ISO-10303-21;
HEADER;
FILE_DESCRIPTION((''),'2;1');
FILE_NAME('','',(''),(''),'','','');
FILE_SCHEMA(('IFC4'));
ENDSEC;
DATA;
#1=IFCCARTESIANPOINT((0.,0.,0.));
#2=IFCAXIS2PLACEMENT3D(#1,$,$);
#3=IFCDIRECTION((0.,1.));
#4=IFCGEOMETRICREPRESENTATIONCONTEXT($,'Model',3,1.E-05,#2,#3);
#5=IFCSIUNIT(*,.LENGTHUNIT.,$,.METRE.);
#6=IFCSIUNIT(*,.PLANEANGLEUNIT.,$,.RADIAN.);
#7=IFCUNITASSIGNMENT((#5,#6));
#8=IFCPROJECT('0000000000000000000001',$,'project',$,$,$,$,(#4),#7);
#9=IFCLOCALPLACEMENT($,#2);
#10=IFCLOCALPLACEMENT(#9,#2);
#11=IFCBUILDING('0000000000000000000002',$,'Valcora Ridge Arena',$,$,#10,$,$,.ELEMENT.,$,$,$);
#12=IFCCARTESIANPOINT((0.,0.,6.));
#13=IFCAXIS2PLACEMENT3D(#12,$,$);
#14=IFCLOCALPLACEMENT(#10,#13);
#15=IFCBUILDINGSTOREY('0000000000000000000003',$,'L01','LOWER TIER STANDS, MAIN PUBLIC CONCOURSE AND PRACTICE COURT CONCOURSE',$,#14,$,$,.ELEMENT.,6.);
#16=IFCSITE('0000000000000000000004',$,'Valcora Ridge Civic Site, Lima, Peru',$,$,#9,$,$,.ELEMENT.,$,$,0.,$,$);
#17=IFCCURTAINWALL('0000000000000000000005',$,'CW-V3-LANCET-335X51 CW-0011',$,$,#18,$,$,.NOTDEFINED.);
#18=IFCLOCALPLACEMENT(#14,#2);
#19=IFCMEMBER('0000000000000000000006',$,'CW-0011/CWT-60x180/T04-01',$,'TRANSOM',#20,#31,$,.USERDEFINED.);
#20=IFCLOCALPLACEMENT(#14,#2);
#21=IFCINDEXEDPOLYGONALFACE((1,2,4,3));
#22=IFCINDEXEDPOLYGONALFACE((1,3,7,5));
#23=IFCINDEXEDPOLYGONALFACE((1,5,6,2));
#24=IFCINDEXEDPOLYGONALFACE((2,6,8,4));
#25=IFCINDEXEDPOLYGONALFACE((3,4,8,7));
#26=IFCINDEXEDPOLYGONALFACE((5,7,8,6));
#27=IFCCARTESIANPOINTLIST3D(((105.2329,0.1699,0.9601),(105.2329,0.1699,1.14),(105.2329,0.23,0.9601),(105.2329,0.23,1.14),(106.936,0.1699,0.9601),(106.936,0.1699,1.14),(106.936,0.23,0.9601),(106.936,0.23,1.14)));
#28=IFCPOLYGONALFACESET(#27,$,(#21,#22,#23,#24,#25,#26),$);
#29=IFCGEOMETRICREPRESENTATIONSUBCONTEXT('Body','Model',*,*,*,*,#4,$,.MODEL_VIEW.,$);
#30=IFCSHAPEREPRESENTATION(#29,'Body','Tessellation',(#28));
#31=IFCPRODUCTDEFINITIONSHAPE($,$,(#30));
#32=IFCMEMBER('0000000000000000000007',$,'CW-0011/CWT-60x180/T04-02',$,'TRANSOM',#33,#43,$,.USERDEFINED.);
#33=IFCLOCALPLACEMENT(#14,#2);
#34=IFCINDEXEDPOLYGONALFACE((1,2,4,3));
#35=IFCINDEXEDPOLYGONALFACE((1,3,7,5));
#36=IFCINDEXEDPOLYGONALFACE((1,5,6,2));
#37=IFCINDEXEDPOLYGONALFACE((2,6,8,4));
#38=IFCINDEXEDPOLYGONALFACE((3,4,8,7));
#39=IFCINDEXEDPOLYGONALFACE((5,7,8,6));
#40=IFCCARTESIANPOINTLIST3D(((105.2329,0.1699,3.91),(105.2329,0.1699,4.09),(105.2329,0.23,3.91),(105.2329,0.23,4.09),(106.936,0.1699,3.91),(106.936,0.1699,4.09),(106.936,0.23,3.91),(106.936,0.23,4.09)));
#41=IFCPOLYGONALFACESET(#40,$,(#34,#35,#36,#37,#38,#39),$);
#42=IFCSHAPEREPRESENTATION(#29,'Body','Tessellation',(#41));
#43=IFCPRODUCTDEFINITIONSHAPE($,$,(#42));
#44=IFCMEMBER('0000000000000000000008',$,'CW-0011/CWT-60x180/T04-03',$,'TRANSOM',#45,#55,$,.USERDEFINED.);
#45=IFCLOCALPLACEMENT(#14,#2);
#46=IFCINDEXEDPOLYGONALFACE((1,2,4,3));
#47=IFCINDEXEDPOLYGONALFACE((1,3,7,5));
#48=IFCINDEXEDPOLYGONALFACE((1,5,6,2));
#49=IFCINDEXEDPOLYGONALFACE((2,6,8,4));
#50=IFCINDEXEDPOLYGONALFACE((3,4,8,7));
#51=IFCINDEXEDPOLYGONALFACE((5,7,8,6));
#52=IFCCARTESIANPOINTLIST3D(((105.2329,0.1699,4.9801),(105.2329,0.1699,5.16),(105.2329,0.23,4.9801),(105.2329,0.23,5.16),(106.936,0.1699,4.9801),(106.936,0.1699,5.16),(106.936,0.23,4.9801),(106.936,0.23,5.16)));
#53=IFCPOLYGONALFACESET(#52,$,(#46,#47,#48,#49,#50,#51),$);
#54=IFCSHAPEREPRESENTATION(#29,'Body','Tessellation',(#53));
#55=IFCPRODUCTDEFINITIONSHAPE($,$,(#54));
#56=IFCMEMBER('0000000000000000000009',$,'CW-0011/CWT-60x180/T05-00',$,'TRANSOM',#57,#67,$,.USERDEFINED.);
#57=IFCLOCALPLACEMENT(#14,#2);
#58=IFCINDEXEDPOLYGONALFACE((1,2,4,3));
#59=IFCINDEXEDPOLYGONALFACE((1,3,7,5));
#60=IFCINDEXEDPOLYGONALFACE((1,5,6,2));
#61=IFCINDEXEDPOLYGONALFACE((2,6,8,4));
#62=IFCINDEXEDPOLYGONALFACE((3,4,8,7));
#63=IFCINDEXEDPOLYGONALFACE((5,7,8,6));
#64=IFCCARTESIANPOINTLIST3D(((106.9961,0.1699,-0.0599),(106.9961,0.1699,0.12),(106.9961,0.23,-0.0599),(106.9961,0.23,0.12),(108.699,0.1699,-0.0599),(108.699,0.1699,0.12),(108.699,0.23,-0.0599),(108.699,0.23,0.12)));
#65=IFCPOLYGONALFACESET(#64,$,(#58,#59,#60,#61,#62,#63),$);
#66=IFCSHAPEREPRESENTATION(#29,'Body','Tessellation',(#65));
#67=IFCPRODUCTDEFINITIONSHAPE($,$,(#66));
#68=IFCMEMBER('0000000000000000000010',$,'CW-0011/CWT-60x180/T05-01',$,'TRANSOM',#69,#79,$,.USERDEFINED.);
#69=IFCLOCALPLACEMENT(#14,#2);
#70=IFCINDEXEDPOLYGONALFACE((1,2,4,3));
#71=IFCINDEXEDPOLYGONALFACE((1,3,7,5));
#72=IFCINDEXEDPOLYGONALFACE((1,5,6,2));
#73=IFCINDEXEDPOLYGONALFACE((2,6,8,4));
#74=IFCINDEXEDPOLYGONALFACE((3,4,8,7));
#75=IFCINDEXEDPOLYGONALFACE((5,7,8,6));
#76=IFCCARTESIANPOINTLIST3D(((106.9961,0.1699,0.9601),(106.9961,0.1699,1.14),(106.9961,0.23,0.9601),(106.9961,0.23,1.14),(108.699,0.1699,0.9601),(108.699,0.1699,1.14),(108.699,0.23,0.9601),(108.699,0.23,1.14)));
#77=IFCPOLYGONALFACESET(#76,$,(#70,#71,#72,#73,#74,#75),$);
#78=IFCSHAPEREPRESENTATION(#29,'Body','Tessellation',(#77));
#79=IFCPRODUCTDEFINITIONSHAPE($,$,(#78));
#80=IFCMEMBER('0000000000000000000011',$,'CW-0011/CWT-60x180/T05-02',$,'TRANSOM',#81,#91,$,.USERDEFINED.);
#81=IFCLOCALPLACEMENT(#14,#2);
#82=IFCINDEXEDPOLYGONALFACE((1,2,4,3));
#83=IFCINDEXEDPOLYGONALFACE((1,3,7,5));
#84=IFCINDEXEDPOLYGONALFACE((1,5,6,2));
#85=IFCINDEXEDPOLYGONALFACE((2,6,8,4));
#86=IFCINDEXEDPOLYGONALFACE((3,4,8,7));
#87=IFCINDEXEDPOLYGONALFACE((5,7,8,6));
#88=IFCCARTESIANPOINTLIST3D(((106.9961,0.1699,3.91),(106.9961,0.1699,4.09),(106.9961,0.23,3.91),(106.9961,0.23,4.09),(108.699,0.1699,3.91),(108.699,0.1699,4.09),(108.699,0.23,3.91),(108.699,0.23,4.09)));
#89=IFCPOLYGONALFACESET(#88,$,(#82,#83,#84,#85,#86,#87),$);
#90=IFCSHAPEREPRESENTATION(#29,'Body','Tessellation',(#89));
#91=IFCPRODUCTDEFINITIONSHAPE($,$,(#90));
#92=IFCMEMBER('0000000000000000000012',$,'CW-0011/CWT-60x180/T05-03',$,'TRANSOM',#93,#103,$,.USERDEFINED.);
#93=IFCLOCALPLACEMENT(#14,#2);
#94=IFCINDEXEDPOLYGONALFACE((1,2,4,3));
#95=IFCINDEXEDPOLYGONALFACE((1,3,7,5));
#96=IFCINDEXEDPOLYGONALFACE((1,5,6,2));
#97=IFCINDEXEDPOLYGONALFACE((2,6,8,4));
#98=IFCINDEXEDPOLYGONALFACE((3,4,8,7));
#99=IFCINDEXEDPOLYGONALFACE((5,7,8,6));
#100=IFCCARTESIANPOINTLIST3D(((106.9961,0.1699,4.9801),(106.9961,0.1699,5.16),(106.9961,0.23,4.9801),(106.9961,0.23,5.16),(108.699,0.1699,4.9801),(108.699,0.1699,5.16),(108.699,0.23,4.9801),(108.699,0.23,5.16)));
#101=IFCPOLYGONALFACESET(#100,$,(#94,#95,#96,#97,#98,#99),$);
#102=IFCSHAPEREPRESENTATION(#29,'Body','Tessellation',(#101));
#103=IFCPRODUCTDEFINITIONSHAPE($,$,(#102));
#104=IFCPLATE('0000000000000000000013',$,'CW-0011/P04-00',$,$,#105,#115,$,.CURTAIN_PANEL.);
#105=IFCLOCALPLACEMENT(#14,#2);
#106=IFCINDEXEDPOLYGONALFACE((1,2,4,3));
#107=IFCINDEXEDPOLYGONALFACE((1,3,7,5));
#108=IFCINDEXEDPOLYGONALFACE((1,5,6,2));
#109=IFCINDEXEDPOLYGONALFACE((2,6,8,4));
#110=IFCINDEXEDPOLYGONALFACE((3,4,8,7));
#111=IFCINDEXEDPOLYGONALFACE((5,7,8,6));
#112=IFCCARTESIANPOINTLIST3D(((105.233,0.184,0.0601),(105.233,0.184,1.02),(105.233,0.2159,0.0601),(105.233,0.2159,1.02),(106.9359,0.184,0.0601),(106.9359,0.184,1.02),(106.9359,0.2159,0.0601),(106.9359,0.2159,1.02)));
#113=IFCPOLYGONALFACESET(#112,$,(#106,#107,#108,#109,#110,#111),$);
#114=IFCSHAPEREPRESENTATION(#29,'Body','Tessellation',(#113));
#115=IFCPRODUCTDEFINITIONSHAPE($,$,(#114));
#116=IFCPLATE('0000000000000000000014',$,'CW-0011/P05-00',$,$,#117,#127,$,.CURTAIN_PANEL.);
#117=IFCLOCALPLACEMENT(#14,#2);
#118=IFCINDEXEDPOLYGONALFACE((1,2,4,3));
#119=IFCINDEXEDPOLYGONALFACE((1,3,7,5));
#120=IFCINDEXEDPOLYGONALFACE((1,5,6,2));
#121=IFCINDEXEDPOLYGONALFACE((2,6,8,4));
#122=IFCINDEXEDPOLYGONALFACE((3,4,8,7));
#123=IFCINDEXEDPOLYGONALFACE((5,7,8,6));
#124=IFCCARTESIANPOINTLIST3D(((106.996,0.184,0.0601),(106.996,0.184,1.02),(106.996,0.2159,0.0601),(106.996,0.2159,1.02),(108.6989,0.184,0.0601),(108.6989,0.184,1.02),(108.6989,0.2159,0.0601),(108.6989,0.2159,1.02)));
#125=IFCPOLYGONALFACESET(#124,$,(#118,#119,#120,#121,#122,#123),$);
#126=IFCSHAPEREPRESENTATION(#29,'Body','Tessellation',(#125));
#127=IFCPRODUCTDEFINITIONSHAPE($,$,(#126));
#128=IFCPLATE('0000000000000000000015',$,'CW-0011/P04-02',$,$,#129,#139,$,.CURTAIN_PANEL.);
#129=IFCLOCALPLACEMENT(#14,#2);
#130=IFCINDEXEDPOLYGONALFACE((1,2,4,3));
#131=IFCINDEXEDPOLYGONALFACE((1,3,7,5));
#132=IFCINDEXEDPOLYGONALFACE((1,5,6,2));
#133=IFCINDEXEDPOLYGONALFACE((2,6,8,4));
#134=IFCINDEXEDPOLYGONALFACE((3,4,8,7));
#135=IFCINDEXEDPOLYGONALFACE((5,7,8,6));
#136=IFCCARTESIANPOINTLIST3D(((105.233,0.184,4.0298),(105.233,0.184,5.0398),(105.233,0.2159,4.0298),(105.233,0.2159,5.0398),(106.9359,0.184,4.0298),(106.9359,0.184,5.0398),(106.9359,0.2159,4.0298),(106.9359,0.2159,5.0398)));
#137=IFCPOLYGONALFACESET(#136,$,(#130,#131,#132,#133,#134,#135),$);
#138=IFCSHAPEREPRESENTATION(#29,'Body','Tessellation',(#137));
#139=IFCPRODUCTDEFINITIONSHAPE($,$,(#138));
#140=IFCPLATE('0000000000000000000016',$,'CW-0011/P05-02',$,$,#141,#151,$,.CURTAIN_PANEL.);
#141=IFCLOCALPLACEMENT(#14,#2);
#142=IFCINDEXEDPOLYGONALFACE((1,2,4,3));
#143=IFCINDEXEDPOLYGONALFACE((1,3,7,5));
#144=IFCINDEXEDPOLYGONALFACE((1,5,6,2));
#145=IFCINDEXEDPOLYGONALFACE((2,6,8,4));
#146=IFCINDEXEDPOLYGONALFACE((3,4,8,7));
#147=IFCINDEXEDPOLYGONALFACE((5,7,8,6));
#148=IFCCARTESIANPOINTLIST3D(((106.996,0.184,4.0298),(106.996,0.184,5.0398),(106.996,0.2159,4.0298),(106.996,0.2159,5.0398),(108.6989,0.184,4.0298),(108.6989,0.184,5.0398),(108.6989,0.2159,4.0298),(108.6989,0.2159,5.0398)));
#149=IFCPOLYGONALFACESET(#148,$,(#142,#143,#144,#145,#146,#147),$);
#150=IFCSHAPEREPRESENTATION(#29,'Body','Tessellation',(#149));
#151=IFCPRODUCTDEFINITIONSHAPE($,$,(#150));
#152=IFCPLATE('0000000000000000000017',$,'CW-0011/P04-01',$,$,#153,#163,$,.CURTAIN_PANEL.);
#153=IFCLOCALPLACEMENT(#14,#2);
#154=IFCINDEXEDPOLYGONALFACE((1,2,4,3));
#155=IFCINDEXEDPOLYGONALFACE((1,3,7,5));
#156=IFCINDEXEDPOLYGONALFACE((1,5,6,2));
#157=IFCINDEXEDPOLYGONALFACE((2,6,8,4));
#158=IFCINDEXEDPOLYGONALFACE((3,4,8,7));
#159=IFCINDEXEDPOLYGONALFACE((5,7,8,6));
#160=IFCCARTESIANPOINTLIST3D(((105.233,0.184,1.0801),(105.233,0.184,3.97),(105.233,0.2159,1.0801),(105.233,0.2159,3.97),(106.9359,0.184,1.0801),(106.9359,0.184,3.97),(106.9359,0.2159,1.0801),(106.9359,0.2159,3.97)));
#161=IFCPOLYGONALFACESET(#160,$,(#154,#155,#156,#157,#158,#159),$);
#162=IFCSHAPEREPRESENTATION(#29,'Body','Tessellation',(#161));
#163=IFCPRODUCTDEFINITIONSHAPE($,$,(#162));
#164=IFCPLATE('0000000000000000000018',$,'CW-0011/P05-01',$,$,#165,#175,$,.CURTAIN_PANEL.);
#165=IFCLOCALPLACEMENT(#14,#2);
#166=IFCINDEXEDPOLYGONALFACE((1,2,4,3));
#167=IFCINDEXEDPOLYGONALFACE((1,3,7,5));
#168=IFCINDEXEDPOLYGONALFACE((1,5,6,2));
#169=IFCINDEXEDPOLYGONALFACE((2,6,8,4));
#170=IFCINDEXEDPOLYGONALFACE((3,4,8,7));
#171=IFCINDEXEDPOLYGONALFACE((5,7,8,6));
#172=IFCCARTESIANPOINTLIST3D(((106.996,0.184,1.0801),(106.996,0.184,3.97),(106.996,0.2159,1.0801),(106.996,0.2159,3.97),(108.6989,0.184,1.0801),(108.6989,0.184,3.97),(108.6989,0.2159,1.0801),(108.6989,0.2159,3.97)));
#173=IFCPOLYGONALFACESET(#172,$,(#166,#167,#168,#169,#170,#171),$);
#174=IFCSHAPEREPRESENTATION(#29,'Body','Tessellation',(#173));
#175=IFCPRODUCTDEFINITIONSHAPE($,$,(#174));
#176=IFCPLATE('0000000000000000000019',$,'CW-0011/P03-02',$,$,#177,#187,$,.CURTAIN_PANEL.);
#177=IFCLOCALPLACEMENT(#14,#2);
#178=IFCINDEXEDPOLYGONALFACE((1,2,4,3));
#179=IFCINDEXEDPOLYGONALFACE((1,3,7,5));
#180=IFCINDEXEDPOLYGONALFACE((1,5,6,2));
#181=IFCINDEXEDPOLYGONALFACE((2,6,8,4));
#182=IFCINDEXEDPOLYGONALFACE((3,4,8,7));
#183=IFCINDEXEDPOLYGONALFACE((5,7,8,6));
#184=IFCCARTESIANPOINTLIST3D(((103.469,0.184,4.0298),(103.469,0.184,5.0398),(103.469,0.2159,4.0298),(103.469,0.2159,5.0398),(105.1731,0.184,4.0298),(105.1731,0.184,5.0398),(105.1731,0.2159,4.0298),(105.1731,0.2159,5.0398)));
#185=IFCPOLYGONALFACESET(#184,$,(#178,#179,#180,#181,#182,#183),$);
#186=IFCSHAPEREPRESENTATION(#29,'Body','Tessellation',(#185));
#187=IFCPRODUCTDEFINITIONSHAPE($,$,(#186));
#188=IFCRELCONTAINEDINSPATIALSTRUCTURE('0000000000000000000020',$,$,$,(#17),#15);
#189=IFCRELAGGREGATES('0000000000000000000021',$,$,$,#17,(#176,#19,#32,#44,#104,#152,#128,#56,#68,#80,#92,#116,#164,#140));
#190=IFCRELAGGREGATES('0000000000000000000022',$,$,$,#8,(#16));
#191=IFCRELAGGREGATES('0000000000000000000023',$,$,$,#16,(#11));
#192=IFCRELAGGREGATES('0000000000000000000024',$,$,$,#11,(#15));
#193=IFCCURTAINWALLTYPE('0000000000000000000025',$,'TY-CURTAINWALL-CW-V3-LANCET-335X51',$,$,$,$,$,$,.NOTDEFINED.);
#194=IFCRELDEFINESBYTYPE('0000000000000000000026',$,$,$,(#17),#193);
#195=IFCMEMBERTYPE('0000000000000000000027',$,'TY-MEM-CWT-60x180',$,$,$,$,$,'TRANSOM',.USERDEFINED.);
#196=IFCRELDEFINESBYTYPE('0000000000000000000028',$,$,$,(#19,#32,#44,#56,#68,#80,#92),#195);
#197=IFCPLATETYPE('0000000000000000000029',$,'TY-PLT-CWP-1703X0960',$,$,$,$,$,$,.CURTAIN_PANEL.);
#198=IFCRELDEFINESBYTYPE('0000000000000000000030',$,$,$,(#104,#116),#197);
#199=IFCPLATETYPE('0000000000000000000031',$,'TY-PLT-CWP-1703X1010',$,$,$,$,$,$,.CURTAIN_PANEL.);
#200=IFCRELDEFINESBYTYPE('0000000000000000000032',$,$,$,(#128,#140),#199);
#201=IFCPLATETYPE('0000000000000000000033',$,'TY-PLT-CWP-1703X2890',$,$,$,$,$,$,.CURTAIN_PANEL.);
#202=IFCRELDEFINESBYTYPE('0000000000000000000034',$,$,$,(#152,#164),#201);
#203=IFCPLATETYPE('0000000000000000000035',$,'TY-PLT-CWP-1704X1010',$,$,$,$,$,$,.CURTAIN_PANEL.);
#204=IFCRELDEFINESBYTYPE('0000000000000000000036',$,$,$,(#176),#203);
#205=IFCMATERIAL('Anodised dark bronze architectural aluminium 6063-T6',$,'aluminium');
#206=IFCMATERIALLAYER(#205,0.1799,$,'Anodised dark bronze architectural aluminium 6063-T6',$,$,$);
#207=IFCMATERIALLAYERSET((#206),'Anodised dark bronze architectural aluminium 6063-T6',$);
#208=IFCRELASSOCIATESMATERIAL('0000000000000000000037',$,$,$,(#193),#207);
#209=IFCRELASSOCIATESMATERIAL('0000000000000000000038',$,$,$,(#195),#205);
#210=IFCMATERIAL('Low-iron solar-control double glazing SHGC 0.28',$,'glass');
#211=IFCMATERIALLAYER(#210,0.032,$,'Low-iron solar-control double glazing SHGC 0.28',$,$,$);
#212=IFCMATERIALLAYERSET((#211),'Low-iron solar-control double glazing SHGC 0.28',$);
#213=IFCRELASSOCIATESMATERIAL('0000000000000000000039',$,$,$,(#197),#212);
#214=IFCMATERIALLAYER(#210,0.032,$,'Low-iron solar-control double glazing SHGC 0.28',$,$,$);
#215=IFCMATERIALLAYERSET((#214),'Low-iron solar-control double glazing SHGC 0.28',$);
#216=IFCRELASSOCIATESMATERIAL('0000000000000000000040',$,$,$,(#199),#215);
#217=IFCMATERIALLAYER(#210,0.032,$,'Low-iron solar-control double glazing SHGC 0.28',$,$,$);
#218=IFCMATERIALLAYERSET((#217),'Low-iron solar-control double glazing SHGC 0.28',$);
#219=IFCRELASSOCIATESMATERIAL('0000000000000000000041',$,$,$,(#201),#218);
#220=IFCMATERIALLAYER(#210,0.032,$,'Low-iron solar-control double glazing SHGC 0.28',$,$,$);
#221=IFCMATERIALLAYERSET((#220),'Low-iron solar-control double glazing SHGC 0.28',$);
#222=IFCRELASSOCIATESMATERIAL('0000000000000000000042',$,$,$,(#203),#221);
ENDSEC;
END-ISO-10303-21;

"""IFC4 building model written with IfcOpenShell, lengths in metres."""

from ifc_helpers import new_model, si_unit, direction, frame, origin, origin_2d, place, context, subcontext, project, spatial, rectangle, extrude, material, layer, layer_set, material_profile, profile_set, type_object, element, aggregate, save


model = new_model("IFC4")

# Units and contexts
model_context = context("Model", 3, precision=1e-05, world=origin(), true_north=direction((0.0, 1.0)))
body_context = subcontext(model_context, "Body", "Model", "MODEL_VIEW")
ifc_project = project(units=[si_unit("LENGTHUNIT", "METRE"), si_unit("PLANEANGLEUNIT", "RADIAN")], contexts=[model_context])

# Site, building, storey
site_placement = place(None, origin())
site = spatial("IfcSite", under=ifc_project, at=site_placement, Name="Valcora Ridge Civic Site, Lima, Peru", CompositionType="ELEMENT", RefElevation=0.0)
building_placement = place(site_placement, origin())
building = spatial("IfcBuilding", under=site, at=building_placement, Name="Valcora Ridge Arena", CompositionType="ELEMENT")
storey_placement = place(building_placement, frame((0.0, 0.0, 6.0)))
storey = spatial("IfcBuildingStorey", under=building, at=storey_placement, Name="L01", Description="LOWER TIER STANDS, MAIN PUBLIC CONCOURSE AND PRACTICE COURT CONCOURSE", CompositionType="ELEMENT", Elevation=6.0)

# Curtain wall, members, plates
ifc_material_1 = material(Name="Anodised dark bronze architectural aluminium 6063-T6", Category="aluminium")
ifc_layer_1 = layer(ifc_material_1, 0.1799, Name="Anodised dark bronze architectural aluminium 6063-T6")
ifc_layer_set_1 = layer_set([ifc_layer_1], Name="Anodised dark bronze architectural aluminium 6063-T6")
curtain_wall_type = type_object("IfcCurtainWallType", Name="TY-CURTAINWALL-CW-V3-LANCET-335X51", PredefinedType="NOTDEFINED", material=ifc_layer_set_1)
curtain_wall_placement = place(storey_placement, origin())
curtain_wall = element("IfcCurtainWall", 1, at=curtain_wall_placement, inside=storey, type_object=curtain_wall_type, Name="CW-V3-LANCET-335X51 CW-0011", PredefinedType="NOTDEFINED")
ifc_material_profile_1 = material_profile(ifc_material_1, rectangle(XDim=0.0601, YDim=0.1799, at=origin_2d()), Name="ALU TRANSOM 60x180")
ifc_profile_set_1 = profile_set([ifc_material_profile_1], Name="Anodised dark bronze architectural aluminium 6063-T6")
member_type_1 = type_object("IfcMemberType", Name="TY-MEM-CWT-60x180", ElementType="TRANSOM", PredefinedType="USERDEFINED", material=ifc_profile_set_1)
member_1_placement = place(storey_placement, frame((105.2329, 0.2, 1.05), z_axis=(1.0, 0.0, 0.0), x_axis=(0.0, 1.0, 0.0)))
member_1 = element("IfcMember", 2, at=member_1_placement, type_object=member_type_1, Name="CW-0011/CWT-60x180/T04-01", ObjectType="TRANSOM", PredefinedType="USERDEFINED", context=body_context, shape_type="SweptSolid", body=[
    extrude(rectangle(XDim=0.0601, YDim=0.1799, at=origin_2d()), origin(), (0.0, 0.0, 1.0), 1.7031),
])
member_2_placement = place(storey_placement, frame((105.2329, 0.2, 4.0), z_axis=(1.0, 0.0, 0.0), x_axis=(0.0, 1.0, 0.0)))
member_2 = element("IfcMember", 3, at=member_2_placement, type_object=member_type_1, Name="CW-0011/CWT-60x180/T04-02", ObjectType="TRANSOM", PredefinedType="USERDEFINED", context=body_context, shape_type="SweptSolid", body=[
    extrude(rectangle(XDim=0.0601, YDim=0.1799, at=origin_2d()), origin(), (0.0, 0.0, 1.0), 1.7031),
])
member_3_placement = place(storey_placement, frame((105.2329, 0.2, 5.0701), z_axis=(1.0, 0.0, 0.0), x_axis=(0.0, 1.0, 0.0)))
member_3 = element("IfcMember", 4, at=member_3_placement, type_object=member_type_1, Name="CW-0011/CWT-60x180/T04-03", ObjectType="TRANSOM", PredefinedType="USERDEFINED", context=body_context, shape_type="SweptSolid", body=[
    extrude(rectangle(XDim=0.0601, YDim=0.1799, at=origin_2d()), origin(), (0.0, 0.0, 1.0), 1.7031),
])
member_4_placement = place(storey_placement, frame((106.9961, 0.2, 0.03), z_axis=(1.0, 0.0, 0.0), x_axis=(0.0, 1.0, 0.0)))
member_4 = element("IfcMember", 5, at=member_4_placement, type_object=member_type_1, Name="CW-0011/CWT-60x180/T05-00", ObjectType="TRANSOM", PredefinedType="USERDEFINED", context=body_context, shape_type="SweptSolid", body=[
    extrude(rectangle(XDim=0.0601, YDim=0.1799, at=origin_2d()), origin(), (0.0, 0.0, 1.0), 1.7029),
])
member_5_placement = place(storey_placement, frame((106.9961, 0.2, 1.05), z_axis=(1.0, 0.0, 0.0), x_axis=(0.0, 1.0, 0.0)))
member_5 = element("IfcMember", 6, at=member_5_placement, type_object=member_type_1, Name="CW-0011/CWT-60x180/T05-01", ObjectType="TRANSOM", PredefinedType="USERDEFINED", context=body_context, shape_type="SweptSolid", body=[
    extrude(rectangle(XDim=0.0601, YDim=0.1799, at=origin_2d()), origin(), (0.0, 0.0, 1.0), 1.7029),
])
member_6_placement = place(storey_placement, frame((106.9961, 0.2, 4.0), z_axis=(1.0, 0.0, 0.0), x_axis=(0.0, 1.0, 0.0)))
member_6 = element("IfcMember", 7, at=member_6_placement, type_object=member_type_1, Name="CW-0011/CWT-60x180/T05-02", ObjectType="TRANSOM", PredefinedType="USERDEFINED", context=body_context, shape_type="SweptSolid", body=[
    extrude(rectangle(XDim=0.0601, YDim=0.1799, at=origin_2d()), origin(), (0.0, 0.0, 1.0), 1.7029),
])
member_7_placement = place(storey_placement, frame((106.9961, 0.2, 5.0701), z_axis=(1.0, 0.0, 0.0), x_axis=(0.0, 1.0, 0.0)))
member_7 = element("IfcMember", 8, at=member_7_placement, type_object=member_type_1, Name="CW-0011/CWT-60x180/T05-03", ObjectType="TRANSOM", PredefinedType="USERDEFINED", context=body_context, shape_type="SweptSolid", body=[
    extrude(rectangle(XDim=0.0601, YDim=0.1799, at=origin_2d()), origin(), (0.0, 0.0, 1.0), 1.7029),
])
ifc_material_2 = material(Name="Low-iron solar-control double glazing SHGC 0.28", Category="glass")
ifc_layer_2 = layer(ifc_material_2, 0.032, Name="Low-iron solar-control double glazing SHGC 0.28")
ifc_layer_set_2 = layer_set([ifc_layer_2], Name="Low-iron solar-control double glazing SHGC 0.28")
plate_type_1 = type_object("IfcPlateType", Name="TY-PLT-CWP-1703X0960", PredefinedType="CURTAIN_PANEL", material=ifc_layer_set_2)
plate_1_placement = place(storey_placement, frame((106.0845, 0.2, 0.0601), z_axis=(0.0, 0.0, 1.0), x_axis=(1.0, 0.0, 0.0)))
plate_1 = element("IfcPlate", 9, at=plate_1_placement, type_object=plate_type_1, Name="CW-0011/P04-00", PredefinedType="CURTAIN_PANEL", context=body_context, shape_type="SweptSolid", body=[
    extrude(rectangle(XDim=1.7029, YDim=0.032, at=origin_2d()), origin(), (0.0, 0.0, 1.0), 0.96),
])
plate_2_placement = place(storey_placement, frame((107.8474, 0.2, 0.0601), z_axis=(0.0, 0.0, 1.0), x_axis=(1.0, 0.0, 0.0)))
plate_2 = element("IfcPlate", 10, at=plate_2_placement, type_object=plate_type_1, Name="CW-0011/P05-00", PredefinedType="CURTAIN_PANEL", context=body_context, shape_type="SweptSolid", body=[
    extrude(rectangle(XDim=1.7029, YDim=0.032, at=origin_2d()), origin(), (0.0, 0.0, 1.0), 0.96),
])
ifc_layer_3 = layer(ifc_material_2, 0.032, Name="Low-iron solar-control double glazing SHGC 0.28")
ifc_layer_set_3 = layer_set([ifc_layer_3], Name="Low-iron solar-control double glazing SHGC 0.28")
plate_type_2 = type_object("IfcPlateType", Name="TY-PLT-CWP-1703X1010", PredefinedType="CURTAIN_PANEL", material=ifc_layer_set_3)
plate_3_placement = place(storey_placement, frame((106.0845, 0.2, 4.0298), z_axis=(0.0, 0.0, 1.0), x_axis=(1.0, 0.0, 0.0)))
plate_3 = element("IfcPlate", 11, at=plate_3_placement, type_object=plate_type_2, Name="CW-0011/P04-02", PredefinedType="CURTAIN_PANEL", context=body_context, shape_type="SweptSolid", body=[
    extrude(rectangle(XDim=1.7029, YDim=0.032, at=origin_2d()), origin(), (0.0, 0.0, 1.0), 1.01),
])
plate_4_placement = place(storey_placement, frame((107.8474, 0.2, 4.0298), z_axis=(0.0, 0.0, 1.0), x_axis=(1.0, 0.0, 0.0)))
plate_4 = element("IfcPlate", 12, at=plate_4_placement, type_object=plate_type_2, Name="CW-0011/P05-02", PredefinedType="CURTAIN_PANEL", context=body_context, shape_type="SweptSolid", body=[
    extrude(rectangle(XDim=1.7029, YDim=0.032, at=origin_2d()), origin(), (0.0, 0.0, 1.0), 1.01),
])
ifc_layer_4 = layer(ifc_material_2, 0.032, Name="Low-iron solar-control double glazing SHGC 0.28")
ifc_layer_set_4 = layer_set([ifc_layer_4], Name="Low-iron solar-control double glazing SHGC 0.28")
plate_type_3 = type_object("IfcPlateType", Name="TY-PLT-CWP-1703X2890", PredefinedType="CURTAIN_PANEL", material=ifc_layer_set_4)
plate_5_placement = place(storey_placement, frame((106.0845, 0.2, 1.0801), z_axis=(0.0, 0.0, 1.0), x_axis=(1.0, 0.0, 0.0)))
plate_5 = element("IfcPlate", 13, at=plate_5_placement, type_object=plate_type_3, Name="CW-0011/P04-01", PredefinedType="CURTAIN_PANEL", context=body_context, shape_type="SweptSolid", body=[
    extrude(rectangle(XDim=1.7029, YDim=0.032, at=origin_2d()), origin(), (0.0, 0.0, 1.0), 2.8899),
])
plate_6_placement = place(storey_placement, frame((107.8474, 0.2, 1.0801), z_axis=(0.0, 0.0, 1.0), x_axis=(1.0, 0.0, 0.0)))
plate_6 = element("IfcPlate", 14, at=plate_6_placement, type_object=plate_type_3, Name="CW-0011/P05-01", PredefinedType="CURTAIN_PANEL", context=body_context, shape_type="SweptSolid", body=[
    extrude(rectangle(XDim=1.7029, YDim=0.032, at=origin_2d()), origin(), (0.0, 0.0, 1.0), 2.8899),
])
ifc_layer_5 = layer(ifc_material_2, 0.032, Name="Low-iron solar-control double glazing SHGC 0.28")
ifc_layer_set_5 = layer_set([ifc_layer_5], Name="Low-iron solar-control double glazing SHGC 0.28")
plate_type_4 = type_object("IfcPlateType", Name="TY-PLT-CWP-1704X1010", PredefinedType="CURTAIN_PANEL", material=ifc_layer_set_5)
plate_7_placement = place(storey_placement, frame((104.321, 0.2, 4.0298), z_axis=(0.0, 0.0, 1.0), x_axis=(1.0, 0.0, 0.0)))
plate_7 = element("IfcPlate", 15, at=plate_7_placement, type_object=plate_type_4, Name="CW-0011/P03-02", PredefinedType="CURTAIN_PANEL", context=body_context, shape_type="SweptSolid", body=[
    extrude(rectangle(XDim=1.7041, YDim=0.032, at=origin_2d()), origin(), (0.0, 0.0, 1.0), 1.01),
])
aggregate(curtain_wall, [plate_7, member_1, member_2, member_3, plate_1, plate_5, plate_3, member_4, member_5, member_6, member_7, plate_2, plate_6, plate_4])

save(model, "model.ifc")
